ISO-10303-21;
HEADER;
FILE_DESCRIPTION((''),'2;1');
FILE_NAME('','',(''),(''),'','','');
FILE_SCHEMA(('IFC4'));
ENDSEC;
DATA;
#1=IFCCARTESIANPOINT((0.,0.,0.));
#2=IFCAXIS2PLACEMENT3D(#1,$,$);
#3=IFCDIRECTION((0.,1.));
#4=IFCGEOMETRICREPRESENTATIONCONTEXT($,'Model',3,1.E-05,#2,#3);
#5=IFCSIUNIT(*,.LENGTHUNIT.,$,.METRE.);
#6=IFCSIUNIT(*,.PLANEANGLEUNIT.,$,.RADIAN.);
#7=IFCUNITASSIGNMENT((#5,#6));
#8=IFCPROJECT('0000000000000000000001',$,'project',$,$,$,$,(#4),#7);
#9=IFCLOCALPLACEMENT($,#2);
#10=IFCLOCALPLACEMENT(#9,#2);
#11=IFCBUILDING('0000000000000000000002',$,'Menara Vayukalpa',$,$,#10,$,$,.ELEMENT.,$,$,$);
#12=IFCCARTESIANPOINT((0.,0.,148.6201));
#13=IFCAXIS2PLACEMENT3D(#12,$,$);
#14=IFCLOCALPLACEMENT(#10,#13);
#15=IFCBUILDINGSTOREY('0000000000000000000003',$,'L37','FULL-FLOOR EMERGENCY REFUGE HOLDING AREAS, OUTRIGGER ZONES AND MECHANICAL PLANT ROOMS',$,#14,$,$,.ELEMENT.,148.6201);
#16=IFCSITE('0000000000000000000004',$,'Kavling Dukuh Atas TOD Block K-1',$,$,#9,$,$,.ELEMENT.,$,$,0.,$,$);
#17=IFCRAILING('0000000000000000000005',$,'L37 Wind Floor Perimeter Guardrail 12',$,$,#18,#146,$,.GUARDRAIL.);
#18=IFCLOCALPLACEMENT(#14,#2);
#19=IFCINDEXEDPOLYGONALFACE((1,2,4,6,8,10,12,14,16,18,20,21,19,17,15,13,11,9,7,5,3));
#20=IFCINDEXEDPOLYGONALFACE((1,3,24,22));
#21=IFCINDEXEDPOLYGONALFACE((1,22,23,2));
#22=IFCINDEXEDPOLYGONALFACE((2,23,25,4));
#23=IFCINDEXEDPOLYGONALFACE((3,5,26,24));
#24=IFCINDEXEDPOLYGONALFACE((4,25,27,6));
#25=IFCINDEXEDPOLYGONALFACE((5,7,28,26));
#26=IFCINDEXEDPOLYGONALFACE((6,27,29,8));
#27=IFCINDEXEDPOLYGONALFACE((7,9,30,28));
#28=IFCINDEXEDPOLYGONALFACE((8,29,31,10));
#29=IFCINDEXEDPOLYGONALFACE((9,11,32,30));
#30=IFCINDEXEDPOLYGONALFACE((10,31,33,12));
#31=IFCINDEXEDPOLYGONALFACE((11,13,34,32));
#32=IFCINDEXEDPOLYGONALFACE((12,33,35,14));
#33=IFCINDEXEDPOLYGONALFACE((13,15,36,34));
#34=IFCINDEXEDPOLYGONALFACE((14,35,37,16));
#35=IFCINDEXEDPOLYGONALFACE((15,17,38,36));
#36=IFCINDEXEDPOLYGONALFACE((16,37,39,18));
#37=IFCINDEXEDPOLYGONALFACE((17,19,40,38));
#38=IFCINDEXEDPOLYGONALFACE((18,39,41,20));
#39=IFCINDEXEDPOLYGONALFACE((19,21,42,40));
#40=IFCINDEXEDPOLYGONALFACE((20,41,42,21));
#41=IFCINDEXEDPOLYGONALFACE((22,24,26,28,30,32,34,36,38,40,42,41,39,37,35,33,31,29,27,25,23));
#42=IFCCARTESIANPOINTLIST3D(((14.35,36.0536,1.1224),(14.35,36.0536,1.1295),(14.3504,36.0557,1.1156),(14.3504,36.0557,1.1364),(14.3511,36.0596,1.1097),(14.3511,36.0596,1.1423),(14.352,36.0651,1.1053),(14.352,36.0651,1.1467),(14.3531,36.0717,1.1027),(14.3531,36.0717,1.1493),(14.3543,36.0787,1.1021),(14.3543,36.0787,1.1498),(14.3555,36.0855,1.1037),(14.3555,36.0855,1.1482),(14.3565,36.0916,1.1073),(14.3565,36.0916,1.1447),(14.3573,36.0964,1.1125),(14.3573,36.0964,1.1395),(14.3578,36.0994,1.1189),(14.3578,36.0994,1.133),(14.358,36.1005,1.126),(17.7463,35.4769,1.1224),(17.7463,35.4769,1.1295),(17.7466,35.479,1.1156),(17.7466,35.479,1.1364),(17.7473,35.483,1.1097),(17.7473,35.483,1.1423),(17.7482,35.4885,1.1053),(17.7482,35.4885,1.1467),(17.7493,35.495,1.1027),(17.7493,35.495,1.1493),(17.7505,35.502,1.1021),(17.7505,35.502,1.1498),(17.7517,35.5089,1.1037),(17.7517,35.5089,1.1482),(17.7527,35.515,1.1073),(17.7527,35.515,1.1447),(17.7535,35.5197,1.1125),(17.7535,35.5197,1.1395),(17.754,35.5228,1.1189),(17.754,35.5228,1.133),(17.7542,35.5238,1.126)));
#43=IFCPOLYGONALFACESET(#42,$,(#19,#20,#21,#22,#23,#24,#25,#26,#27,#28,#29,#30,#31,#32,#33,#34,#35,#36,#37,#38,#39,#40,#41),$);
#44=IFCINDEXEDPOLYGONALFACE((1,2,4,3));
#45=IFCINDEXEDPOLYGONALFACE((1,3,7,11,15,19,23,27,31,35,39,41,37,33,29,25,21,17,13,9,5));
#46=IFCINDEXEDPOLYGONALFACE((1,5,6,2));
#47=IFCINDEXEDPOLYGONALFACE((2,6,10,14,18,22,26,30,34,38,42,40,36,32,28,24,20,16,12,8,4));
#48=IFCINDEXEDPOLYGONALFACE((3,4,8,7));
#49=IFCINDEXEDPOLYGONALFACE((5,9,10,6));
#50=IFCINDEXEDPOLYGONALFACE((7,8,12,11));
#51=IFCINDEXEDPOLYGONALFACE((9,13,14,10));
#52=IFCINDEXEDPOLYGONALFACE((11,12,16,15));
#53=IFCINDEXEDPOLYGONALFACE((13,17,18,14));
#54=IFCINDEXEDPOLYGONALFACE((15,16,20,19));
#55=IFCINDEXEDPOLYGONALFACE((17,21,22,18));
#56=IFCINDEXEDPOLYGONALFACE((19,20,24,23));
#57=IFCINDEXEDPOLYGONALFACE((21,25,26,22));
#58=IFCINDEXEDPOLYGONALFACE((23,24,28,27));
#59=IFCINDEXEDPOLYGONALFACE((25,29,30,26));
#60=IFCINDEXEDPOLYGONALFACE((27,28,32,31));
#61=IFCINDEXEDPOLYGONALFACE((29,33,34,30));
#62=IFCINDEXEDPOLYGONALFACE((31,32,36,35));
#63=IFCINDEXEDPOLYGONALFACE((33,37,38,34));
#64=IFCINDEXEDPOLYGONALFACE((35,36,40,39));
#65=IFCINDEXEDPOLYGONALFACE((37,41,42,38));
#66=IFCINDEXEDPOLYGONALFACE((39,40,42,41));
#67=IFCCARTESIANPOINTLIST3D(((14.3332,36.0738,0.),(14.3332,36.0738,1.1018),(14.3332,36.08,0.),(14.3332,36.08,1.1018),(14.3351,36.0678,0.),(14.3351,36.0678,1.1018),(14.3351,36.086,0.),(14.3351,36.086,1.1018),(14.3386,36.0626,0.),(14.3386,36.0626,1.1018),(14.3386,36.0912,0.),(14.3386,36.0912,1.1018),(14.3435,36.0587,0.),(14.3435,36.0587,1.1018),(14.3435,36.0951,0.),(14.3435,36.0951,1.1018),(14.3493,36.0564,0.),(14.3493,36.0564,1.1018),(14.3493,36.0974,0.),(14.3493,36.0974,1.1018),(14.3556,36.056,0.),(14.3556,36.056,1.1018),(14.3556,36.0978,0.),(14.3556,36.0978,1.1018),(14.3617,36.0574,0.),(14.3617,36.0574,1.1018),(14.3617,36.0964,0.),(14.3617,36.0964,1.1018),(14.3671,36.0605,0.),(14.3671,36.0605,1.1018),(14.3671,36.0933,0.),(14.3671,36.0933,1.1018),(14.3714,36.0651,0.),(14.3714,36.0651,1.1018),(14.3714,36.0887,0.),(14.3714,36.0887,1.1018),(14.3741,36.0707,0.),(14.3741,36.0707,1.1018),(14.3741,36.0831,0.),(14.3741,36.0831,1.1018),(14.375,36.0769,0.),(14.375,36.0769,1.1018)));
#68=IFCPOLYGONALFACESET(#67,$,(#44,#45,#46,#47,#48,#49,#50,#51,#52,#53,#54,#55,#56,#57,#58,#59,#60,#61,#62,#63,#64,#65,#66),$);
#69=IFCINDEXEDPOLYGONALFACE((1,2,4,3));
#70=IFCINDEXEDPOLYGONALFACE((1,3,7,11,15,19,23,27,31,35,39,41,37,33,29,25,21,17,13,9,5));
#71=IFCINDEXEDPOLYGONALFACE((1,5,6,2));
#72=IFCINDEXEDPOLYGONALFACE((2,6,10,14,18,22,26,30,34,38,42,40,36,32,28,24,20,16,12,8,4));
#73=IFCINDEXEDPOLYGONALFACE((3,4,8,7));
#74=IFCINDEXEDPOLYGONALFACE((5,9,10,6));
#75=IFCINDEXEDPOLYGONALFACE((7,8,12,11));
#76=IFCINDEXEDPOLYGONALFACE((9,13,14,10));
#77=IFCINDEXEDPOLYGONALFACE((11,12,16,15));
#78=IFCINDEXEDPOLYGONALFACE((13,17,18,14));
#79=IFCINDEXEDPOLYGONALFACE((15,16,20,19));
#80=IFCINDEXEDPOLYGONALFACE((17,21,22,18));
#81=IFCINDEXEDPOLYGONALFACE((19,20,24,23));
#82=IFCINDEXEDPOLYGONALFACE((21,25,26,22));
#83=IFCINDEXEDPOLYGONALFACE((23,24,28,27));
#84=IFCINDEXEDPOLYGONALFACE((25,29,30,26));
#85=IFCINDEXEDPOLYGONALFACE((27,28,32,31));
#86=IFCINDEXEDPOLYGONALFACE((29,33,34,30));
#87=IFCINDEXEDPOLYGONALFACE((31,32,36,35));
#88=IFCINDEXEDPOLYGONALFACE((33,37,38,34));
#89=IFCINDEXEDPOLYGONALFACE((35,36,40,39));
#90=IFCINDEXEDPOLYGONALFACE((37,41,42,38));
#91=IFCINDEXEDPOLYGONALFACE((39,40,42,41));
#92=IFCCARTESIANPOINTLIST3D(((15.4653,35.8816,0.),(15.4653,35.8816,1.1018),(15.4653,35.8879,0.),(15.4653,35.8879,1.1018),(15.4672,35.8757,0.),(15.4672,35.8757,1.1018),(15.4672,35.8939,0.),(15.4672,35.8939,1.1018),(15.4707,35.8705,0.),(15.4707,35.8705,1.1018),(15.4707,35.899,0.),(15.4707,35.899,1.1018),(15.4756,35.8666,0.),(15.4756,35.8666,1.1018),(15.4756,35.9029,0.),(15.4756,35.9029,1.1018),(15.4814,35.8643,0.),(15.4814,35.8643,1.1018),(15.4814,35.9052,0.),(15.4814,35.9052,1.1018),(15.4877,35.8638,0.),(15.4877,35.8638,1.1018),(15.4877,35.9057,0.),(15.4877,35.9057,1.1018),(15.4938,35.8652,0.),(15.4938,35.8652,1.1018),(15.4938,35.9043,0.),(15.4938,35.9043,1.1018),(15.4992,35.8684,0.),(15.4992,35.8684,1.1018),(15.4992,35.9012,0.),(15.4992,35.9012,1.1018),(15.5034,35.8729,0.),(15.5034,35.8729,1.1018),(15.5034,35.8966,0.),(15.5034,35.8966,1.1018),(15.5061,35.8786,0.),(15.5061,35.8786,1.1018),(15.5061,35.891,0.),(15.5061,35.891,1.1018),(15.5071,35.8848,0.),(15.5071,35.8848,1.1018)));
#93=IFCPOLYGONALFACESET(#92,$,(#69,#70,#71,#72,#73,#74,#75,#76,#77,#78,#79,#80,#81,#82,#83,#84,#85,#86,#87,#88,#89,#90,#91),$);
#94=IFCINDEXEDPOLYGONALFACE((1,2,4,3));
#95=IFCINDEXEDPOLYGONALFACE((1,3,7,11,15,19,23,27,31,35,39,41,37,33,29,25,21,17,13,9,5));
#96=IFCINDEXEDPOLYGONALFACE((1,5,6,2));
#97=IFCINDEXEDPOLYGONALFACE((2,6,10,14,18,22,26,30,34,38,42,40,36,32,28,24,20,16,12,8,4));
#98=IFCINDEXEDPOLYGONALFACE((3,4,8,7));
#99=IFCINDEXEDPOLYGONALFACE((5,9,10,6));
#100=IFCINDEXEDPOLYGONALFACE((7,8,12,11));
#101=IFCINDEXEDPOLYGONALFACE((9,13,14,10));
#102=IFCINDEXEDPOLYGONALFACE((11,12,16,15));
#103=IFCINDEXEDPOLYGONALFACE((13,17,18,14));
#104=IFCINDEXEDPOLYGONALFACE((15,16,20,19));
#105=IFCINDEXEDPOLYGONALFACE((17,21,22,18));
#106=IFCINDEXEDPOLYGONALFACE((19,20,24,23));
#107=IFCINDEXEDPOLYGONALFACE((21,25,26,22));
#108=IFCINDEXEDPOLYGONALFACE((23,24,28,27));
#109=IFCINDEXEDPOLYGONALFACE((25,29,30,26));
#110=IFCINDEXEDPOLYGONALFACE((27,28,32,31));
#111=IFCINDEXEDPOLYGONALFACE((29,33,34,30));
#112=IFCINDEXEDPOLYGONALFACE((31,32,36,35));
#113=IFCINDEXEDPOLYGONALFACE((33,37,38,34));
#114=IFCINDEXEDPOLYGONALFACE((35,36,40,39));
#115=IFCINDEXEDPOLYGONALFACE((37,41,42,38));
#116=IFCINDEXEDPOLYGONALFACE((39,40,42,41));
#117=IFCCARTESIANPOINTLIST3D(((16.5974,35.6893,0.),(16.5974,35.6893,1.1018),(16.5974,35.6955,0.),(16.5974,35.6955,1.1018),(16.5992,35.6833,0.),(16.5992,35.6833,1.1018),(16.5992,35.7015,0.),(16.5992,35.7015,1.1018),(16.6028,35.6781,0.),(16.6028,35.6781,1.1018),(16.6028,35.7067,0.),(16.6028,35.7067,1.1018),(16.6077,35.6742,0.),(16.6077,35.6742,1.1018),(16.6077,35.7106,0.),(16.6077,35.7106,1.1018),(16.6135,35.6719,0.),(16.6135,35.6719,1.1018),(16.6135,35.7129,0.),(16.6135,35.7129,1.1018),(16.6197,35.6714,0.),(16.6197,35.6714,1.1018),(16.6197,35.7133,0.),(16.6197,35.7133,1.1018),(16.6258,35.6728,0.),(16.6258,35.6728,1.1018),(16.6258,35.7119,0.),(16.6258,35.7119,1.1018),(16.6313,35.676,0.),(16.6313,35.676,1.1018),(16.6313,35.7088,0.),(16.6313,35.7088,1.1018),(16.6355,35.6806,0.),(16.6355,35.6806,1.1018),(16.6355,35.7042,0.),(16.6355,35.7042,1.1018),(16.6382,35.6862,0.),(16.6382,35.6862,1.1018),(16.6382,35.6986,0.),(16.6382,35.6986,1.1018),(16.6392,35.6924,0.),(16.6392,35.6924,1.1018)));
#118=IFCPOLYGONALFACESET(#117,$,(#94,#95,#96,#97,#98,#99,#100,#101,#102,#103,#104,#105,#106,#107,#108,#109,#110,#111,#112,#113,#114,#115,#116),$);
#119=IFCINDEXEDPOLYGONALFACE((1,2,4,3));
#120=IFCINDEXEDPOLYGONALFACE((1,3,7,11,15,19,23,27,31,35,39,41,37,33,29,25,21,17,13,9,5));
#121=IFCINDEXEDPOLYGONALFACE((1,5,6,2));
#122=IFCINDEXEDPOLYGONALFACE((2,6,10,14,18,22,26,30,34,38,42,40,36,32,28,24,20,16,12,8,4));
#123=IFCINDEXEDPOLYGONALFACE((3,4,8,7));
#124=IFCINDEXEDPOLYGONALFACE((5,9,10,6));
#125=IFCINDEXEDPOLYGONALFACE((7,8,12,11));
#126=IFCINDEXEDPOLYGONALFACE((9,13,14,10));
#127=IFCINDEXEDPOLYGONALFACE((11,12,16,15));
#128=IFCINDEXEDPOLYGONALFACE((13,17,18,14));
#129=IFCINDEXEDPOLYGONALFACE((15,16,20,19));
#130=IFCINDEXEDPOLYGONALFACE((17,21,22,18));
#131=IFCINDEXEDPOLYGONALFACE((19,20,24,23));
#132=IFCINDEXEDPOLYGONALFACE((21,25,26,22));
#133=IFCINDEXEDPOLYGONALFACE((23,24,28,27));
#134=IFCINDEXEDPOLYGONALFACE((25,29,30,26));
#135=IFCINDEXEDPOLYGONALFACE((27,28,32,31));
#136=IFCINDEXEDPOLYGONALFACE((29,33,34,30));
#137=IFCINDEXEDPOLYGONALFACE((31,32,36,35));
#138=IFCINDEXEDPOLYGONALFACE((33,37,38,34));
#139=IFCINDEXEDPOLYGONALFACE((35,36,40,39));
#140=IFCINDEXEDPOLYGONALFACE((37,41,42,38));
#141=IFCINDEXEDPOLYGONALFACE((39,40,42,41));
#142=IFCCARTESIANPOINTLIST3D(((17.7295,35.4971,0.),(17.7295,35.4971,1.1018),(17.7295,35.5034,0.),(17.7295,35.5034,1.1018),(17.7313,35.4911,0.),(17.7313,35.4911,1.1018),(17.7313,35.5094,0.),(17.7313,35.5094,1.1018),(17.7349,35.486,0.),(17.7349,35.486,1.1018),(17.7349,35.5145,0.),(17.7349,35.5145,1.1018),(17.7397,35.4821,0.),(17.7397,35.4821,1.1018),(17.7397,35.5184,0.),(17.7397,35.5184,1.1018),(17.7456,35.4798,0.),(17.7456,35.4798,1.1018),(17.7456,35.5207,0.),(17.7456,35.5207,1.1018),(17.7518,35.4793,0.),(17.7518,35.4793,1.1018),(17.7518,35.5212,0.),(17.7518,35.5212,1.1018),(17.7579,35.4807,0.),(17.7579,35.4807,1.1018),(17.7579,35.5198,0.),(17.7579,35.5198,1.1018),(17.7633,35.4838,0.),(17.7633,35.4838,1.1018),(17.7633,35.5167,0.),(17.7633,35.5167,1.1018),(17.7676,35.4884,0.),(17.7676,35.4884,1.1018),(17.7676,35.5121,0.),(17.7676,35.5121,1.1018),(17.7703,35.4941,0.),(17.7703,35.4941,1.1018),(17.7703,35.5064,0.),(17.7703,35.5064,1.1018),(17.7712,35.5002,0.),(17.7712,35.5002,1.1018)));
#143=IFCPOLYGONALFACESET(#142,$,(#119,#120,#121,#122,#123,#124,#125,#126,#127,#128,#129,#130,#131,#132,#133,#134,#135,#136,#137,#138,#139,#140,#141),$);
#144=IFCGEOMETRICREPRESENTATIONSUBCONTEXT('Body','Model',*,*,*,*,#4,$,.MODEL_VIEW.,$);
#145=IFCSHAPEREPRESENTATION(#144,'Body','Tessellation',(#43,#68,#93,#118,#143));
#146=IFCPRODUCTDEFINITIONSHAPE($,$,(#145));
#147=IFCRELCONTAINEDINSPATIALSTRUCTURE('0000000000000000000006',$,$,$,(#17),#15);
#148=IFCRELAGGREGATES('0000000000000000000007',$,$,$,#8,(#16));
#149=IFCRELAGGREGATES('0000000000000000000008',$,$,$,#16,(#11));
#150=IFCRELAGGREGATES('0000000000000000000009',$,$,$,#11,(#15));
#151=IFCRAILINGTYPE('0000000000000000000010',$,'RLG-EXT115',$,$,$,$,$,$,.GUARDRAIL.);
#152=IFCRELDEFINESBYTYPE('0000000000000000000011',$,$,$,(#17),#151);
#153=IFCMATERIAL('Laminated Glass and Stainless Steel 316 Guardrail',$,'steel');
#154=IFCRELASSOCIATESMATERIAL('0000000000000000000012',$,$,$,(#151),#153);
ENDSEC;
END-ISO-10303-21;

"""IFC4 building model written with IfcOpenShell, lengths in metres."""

from ifc_helpers import new_model, si_unit, direction, frame, origin, origin_2d, place, context, subcontext, project, spatial, circle, extrude, material, type_object, element, save


model = new_model("IFC4")

# Units and contexts
model_context = context("Model", 3, precision=1e-05, world=origin(), true_north=direction((0.0, 1.0)))
body_context = subcontext(model_context, "Body", "Model", "MODEL_VIEW")
ifc_project = project(units=[si_unit("LENGTHUNIT", "METRE"), si_unit("PLANEANGLEUNIT", "RADIAN")], contexts=[model_context])

# Site, building, storey
site_placement = place(None, origin())
site = spatial("IfcSite", under=ifc_project, at=site_placement, Name="Kavling Dukuh Atas TOD Block K-1", CompositionType="ELEMENT", RefElevation=0.0)
building_placement = place(site_placement, origin())
building = spatial("IfcBuilding", under=site, at=building_placement, Name="Menara Vayukalpa", CompositionType="ELEMENT")
storey_placement = place(building_placement, frame((0.0, 0.0, 148.6201)))
storey = spatial("IfcBuildingStorey", under=building, at=storey_placement, Name="L37", Description="FULL-FLOOR EMERGENCY REFUGE HOLDING AREAS, OUTRIGGER ZONES AND MECHANICAL PLANT ROOMS", CompositionType="ELEMENT", Elevation=148.6201)

# Railing
ifc_material_1 = material(Name="Laminated Glass and Stainless Steel 316 Guardrail", Category="steel")
railing_type = type_object("IfcRailingType", Name="RLG-EXT115", PredefinedType="GUARDRAIL", material=ifc_material_1)
railing_1_placement = place(storey_placement, frame((14.354, 36.0769, 0.0)))
element("IfcRailing", 1, at=railing_1_placement, inside=storey, type_object=railing_type, Name="L37 Wind Floor Perimeter Guardrail 12", PredefinedType="GUARDRAIL", context=body_context, shape_type="SweptSolid", body=[
    extrude(circle(Radius=0.0239, at=origin_2d()), frame((0.0, 0.0, 1.126), z_axis=(0.985889, -0.167398, 0.0), x_axis=(0.167398, 0.985889, 0.0)), (0.0, 0.0, 1.0), 3.4448),
    extrude(circle(Radius=0.021, at=origin_2d()), origin(), (0.0, 0.0, 1.0), 1.1018),
    extrude(circle(Radius=0.021, at=origin_2d()), frame((1.1321, -0.1921, 0.0)), (0.0, 0.0, 1.0), 1.1018),
    extrude(circle(Radius=0.021, at=origin_2d()), frame((2.2642, -0.3845, 0.0)), (0.0, 0.0, 1.0), 1.1018),
    extrude(circle(Radius=0.021, at=origin_2d()), frame((3.3962, -0.5767, 0.0)), (0.0, 0.0, 1.0), 1.1018),
])

save(model, "model.ifc")
